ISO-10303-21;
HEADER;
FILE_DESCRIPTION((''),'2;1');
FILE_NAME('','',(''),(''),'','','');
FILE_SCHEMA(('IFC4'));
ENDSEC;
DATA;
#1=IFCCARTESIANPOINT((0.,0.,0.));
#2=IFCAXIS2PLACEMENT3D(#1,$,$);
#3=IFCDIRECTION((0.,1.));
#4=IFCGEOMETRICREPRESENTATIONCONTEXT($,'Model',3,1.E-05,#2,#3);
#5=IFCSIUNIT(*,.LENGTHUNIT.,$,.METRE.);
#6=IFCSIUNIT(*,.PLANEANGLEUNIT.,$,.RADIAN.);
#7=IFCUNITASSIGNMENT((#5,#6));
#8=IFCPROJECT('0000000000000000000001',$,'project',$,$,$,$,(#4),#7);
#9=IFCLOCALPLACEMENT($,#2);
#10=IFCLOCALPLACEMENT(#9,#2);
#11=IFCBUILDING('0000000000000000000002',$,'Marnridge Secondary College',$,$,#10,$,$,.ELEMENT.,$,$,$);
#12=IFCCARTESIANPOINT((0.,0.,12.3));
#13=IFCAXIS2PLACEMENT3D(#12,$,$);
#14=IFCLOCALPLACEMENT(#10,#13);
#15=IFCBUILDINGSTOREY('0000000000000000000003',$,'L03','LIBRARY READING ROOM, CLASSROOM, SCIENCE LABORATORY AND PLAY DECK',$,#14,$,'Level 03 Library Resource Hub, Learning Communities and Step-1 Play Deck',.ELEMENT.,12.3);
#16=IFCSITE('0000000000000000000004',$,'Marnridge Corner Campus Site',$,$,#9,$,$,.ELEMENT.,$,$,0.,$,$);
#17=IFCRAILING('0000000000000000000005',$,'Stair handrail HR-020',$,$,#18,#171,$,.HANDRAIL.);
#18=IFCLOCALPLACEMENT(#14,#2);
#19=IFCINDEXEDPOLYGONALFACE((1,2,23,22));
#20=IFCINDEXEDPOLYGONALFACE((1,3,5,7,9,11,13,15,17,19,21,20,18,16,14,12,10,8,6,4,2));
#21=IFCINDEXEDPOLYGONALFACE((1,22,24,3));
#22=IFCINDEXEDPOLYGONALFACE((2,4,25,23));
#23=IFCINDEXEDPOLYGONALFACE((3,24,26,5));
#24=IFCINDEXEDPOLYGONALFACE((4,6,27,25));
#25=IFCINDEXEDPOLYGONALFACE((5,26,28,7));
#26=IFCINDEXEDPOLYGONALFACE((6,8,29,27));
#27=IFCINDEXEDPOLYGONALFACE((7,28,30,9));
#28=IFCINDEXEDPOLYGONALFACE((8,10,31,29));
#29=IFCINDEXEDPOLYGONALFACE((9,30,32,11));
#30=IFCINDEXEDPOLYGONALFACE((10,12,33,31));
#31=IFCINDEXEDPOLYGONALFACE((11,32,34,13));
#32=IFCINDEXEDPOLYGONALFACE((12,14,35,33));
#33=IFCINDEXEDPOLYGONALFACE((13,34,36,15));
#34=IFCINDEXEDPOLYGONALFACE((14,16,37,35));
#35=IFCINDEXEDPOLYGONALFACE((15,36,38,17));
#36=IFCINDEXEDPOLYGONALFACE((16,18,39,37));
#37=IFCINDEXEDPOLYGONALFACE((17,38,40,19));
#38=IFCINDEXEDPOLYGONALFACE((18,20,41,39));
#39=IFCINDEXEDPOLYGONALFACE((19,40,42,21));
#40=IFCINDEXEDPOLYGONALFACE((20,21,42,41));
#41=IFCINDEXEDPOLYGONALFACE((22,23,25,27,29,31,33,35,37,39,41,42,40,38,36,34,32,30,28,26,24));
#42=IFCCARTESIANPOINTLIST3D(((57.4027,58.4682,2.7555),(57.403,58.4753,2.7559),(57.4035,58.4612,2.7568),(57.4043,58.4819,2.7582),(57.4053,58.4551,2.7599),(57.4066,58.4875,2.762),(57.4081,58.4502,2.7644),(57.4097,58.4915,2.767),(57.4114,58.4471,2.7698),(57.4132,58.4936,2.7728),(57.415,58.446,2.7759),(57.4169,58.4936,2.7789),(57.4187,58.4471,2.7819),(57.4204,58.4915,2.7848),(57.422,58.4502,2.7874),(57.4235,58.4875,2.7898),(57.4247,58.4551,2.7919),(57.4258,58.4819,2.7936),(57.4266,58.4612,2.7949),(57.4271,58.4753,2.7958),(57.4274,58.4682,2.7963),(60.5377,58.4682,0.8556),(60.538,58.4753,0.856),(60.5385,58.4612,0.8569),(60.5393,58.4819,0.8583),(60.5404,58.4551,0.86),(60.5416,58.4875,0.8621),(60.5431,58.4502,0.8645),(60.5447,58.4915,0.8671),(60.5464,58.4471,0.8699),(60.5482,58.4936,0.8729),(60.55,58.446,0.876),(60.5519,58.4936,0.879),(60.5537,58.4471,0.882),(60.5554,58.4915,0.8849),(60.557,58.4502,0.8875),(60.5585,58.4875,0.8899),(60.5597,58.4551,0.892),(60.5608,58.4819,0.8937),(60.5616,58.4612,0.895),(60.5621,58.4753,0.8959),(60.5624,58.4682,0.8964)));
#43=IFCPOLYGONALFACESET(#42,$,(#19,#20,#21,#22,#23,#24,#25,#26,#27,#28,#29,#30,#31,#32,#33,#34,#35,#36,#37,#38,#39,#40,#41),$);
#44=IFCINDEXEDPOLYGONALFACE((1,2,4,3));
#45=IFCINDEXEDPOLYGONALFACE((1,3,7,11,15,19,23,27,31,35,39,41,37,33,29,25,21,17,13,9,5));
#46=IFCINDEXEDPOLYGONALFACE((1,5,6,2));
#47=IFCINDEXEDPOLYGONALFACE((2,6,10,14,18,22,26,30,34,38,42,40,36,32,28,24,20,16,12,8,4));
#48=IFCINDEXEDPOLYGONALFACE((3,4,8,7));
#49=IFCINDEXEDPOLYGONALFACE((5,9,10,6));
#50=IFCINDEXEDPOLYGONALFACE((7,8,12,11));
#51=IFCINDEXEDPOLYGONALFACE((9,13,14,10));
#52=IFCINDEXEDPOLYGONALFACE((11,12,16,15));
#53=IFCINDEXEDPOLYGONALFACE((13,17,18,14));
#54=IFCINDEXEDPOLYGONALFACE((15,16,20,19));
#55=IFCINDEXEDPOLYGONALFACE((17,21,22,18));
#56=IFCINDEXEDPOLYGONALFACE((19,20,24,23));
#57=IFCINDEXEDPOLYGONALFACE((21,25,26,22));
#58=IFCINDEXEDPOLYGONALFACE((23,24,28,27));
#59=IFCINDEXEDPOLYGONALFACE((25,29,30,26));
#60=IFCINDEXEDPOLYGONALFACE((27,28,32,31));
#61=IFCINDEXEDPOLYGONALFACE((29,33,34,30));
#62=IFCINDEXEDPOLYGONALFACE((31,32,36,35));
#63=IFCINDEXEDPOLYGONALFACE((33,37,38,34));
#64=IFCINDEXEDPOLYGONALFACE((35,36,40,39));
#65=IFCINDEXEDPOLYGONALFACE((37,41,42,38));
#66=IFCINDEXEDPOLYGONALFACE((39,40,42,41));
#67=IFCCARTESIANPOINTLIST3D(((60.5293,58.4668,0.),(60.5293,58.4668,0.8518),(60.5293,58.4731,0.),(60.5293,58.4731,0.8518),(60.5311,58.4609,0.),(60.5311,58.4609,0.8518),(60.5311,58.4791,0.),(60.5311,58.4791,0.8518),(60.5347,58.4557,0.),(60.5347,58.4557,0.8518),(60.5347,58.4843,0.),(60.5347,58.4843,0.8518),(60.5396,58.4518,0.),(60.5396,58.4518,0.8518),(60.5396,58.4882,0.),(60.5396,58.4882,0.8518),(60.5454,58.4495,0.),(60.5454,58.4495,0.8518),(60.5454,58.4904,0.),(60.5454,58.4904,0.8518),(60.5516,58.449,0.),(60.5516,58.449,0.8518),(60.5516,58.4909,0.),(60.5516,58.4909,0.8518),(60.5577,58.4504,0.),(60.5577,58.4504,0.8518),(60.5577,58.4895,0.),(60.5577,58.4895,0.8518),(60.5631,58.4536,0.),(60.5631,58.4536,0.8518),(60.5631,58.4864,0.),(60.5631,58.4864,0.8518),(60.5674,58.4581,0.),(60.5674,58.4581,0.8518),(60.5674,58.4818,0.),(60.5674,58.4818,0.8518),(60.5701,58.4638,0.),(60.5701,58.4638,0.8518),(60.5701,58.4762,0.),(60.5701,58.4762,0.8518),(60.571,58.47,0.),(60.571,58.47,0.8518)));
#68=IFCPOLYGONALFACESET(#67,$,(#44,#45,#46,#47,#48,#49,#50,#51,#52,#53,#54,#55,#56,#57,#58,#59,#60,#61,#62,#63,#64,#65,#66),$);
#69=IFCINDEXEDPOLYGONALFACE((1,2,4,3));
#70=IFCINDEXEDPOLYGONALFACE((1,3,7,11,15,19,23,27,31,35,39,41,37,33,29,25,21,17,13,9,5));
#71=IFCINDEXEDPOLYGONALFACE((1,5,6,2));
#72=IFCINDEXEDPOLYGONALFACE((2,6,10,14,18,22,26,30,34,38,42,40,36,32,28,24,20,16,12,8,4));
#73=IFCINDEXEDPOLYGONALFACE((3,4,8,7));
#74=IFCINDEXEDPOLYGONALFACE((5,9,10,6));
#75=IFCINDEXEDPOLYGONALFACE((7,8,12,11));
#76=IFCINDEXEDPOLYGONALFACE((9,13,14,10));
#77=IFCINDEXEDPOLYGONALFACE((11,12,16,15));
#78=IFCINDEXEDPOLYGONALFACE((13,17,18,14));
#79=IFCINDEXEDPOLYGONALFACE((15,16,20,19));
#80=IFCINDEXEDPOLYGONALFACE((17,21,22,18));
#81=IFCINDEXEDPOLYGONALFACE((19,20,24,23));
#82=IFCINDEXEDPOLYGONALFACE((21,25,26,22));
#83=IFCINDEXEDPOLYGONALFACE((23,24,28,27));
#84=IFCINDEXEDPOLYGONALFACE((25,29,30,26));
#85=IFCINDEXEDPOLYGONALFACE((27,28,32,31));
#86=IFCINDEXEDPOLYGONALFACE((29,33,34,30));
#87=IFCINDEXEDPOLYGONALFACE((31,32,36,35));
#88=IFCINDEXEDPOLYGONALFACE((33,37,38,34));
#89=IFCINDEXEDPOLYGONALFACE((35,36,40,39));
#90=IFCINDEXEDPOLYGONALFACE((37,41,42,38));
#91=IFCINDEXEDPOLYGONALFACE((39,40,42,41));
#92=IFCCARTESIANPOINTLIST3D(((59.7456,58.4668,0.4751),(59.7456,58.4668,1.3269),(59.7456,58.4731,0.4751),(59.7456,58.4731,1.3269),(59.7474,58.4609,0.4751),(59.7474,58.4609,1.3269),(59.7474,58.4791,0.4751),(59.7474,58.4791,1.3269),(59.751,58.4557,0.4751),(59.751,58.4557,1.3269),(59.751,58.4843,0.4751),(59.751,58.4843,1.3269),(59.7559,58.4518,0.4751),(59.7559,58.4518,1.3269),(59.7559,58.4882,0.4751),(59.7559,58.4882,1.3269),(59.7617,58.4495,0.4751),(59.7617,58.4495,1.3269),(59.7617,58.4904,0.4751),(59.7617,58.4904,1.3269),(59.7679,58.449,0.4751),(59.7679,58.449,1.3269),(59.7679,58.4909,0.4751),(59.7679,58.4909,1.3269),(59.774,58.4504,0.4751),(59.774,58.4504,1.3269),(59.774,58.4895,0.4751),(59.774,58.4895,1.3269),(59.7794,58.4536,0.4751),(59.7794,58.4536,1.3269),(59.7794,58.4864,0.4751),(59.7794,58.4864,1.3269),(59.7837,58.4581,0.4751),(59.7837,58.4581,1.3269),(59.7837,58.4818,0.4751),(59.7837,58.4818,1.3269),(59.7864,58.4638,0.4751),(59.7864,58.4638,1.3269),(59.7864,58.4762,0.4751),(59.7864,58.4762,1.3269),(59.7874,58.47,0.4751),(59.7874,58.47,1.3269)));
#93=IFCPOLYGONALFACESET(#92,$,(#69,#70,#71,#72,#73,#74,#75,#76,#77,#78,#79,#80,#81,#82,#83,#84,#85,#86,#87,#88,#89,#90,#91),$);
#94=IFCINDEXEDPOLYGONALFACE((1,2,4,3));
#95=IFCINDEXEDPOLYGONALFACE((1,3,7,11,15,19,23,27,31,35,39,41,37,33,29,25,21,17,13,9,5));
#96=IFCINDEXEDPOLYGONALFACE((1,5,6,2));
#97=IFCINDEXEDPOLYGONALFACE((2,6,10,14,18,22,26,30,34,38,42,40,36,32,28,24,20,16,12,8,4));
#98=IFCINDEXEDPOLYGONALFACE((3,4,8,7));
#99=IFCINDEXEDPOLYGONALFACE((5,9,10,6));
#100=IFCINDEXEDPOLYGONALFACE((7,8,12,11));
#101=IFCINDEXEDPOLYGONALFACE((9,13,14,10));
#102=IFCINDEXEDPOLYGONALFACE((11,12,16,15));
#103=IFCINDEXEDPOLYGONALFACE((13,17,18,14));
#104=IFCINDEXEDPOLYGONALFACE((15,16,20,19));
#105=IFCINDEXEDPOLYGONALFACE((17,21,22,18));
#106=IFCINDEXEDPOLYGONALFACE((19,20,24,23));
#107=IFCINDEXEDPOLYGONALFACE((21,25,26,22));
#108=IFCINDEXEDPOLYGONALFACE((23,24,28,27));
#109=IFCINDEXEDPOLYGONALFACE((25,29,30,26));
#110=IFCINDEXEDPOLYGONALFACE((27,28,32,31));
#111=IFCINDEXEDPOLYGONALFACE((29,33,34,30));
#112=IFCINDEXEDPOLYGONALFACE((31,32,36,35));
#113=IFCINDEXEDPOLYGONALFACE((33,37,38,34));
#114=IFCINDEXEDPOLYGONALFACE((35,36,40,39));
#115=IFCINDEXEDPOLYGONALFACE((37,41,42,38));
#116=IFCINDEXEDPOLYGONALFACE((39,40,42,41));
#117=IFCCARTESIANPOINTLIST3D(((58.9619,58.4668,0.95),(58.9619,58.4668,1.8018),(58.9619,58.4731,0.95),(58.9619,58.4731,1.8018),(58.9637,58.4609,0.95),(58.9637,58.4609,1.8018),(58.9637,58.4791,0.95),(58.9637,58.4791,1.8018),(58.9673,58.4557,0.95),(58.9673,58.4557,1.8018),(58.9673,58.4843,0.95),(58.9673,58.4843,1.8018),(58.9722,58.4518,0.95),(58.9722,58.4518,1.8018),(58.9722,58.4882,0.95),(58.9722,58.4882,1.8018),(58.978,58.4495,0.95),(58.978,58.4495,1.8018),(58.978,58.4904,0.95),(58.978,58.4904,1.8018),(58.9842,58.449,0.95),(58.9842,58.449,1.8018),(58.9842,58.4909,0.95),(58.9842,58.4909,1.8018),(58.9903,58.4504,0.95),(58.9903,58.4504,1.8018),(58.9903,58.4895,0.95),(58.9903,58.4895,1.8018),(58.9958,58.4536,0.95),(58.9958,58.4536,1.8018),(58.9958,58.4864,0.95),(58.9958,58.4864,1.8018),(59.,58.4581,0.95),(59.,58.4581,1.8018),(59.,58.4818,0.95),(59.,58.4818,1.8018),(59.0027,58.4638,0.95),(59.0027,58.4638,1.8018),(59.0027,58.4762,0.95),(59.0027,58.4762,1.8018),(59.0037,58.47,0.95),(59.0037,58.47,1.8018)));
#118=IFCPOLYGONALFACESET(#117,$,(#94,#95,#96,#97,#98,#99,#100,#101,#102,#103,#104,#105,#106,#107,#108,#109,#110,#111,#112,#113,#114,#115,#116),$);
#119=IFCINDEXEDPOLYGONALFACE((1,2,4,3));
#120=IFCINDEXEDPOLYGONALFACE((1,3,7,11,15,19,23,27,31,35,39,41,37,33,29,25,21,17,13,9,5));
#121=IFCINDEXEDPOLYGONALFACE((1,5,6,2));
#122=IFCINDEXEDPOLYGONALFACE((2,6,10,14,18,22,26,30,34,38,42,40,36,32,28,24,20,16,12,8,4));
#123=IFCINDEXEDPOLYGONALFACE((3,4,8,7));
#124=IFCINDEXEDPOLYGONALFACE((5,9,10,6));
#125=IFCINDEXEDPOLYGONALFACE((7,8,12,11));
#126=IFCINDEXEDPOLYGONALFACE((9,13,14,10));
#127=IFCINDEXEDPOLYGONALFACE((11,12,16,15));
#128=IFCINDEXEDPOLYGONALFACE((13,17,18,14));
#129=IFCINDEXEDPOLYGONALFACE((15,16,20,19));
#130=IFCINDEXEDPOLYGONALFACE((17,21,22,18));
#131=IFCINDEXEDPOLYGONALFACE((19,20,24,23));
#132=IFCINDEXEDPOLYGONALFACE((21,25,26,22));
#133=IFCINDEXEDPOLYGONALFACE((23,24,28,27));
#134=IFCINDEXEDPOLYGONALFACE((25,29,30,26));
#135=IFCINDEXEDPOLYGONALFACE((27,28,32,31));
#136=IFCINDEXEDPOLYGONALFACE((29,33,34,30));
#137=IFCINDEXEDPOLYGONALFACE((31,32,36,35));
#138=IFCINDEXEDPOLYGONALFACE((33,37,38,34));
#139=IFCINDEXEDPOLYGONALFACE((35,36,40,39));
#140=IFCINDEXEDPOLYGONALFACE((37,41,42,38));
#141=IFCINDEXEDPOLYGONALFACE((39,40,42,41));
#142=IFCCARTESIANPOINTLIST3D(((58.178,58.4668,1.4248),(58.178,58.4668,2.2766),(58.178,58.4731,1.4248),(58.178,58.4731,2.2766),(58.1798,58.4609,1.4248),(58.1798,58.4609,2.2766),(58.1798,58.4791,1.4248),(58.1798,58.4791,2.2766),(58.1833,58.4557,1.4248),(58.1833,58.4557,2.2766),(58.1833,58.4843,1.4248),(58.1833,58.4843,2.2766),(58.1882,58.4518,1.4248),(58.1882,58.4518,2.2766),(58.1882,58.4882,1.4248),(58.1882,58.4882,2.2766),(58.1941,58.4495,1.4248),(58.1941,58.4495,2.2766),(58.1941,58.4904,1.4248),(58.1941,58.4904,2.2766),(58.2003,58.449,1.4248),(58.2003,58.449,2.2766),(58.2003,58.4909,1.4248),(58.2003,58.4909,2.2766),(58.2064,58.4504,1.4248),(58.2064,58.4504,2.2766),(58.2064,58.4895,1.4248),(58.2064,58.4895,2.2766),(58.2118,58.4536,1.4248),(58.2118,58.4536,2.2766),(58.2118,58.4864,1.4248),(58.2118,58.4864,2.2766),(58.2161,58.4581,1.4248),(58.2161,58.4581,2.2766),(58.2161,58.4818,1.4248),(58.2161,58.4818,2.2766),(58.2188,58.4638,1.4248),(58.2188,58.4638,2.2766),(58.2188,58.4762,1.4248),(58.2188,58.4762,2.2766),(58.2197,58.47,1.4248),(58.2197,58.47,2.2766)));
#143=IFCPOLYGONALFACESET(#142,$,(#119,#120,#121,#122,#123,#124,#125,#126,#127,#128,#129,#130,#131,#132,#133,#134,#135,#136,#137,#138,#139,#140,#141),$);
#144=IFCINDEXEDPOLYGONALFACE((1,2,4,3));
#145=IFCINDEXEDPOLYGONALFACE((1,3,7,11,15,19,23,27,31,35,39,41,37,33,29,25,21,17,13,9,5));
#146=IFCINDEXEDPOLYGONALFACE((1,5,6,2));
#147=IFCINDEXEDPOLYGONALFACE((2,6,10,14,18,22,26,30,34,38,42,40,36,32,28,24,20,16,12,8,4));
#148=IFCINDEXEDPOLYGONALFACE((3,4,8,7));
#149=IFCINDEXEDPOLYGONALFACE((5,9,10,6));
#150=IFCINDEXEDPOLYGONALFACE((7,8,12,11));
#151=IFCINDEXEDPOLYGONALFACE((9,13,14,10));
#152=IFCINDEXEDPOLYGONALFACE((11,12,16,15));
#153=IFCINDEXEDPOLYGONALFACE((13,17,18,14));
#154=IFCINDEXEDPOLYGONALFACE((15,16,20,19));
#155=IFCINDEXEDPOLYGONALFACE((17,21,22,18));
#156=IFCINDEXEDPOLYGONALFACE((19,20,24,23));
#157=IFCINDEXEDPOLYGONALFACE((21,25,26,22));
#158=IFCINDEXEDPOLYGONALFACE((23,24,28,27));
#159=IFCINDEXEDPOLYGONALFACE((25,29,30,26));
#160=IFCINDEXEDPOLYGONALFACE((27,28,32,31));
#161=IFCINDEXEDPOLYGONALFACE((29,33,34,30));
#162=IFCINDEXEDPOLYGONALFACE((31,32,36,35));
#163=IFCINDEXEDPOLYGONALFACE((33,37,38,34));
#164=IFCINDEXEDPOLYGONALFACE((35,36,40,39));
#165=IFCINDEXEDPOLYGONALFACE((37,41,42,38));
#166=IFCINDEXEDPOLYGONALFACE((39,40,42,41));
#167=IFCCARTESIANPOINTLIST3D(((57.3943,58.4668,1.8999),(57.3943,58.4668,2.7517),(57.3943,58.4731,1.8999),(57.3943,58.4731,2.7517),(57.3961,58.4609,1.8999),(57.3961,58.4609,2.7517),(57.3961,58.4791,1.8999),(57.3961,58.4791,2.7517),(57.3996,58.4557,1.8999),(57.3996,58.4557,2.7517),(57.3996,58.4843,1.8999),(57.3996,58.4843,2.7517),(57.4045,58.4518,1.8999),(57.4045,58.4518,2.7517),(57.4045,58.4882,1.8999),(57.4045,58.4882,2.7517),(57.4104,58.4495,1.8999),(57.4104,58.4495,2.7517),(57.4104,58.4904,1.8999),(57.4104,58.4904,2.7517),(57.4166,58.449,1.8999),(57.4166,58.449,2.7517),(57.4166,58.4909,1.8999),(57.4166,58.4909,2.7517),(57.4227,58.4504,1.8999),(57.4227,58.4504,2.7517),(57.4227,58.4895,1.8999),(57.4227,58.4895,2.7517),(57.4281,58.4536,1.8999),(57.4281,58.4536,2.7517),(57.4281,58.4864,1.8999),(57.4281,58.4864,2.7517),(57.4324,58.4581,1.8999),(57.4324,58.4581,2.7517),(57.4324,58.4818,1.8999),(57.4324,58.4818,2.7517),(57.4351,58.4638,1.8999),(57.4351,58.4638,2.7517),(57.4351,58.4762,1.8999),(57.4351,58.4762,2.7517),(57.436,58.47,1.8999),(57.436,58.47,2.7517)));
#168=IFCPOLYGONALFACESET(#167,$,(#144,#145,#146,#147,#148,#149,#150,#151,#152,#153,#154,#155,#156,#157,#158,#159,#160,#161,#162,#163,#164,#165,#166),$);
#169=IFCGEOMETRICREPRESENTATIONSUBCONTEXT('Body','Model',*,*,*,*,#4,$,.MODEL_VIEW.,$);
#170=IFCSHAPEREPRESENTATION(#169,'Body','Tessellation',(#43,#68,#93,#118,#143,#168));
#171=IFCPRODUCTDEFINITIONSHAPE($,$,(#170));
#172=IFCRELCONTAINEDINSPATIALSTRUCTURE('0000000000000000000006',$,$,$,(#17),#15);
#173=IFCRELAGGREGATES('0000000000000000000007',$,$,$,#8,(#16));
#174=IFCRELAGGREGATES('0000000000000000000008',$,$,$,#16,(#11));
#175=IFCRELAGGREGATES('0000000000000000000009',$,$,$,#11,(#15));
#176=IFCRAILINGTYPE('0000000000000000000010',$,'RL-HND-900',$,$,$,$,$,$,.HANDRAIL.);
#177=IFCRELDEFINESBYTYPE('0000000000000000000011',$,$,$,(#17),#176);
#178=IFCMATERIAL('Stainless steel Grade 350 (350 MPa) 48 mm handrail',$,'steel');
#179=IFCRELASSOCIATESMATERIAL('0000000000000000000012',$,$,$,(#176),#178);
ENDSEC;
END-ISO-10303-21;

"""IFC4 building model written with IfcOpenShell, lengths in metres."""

from ifc_helpers import new_model, si_unit, direction, frame, origin, origin_2d, place, context, subcontext, project, spatial, circle, extrude, material, type_object, element, save


model = new_model("IFC4")

# Units and contexts
model_context = context("Model", 3, precision=1e-05, world=origin(), true_north=direction((0.0, 1.0)))
body_context = subcontext(model_context, "Body", "Model", "MODEL_VIEW")
ifc_project = project(units=[si_unit("LENGTHUNIT", "METRE"), si_unit("PLANEANGLEUNIT", "RADIAN")], contexts=[model_context])

# Site, building, storey
site_placement = place(None, origin())
site = spatial("IfcSite", under=ifc_project, at=site_placement, Name="Marnridge Corner Campus Site", CompositionType="ELEMENT", RefElevation=0.0)
building_placement = place(site_placement, origin())
building = spatial("IfcBuilding", under=site, at=building_placement, Name="Marnridge Secondary College", CompositionType="ELEMENT")
storey_placement = place(building_placement, frame((0.0, 0.0, 12.3)))
storey = spatial("IfcBuildingStorey", under=building, at=storey_placement, Name="L03", Description="LIBRARY READING ROOM, CLASSROOM, SCIENCE LABORATORY AND PLAY DECK", LongName="Level 03 Library Resource Hub, Learning Communities and Step-1 Play Deck", CompositionType="ELEMENT", Elevation=12.3)

# Railing
ifc_material_1 = material(Name="Stainless steel Grade 350 (350 MPa) 48 mm handrail", Category="steel")
railing_type_1 = type_object("IfcRailingType", Name="RL-HND-900", PredefinedType="HANDRAIL", material=ifc_material_1)
for number, where, name in (
    (1, (60.55, 58.47, 0.0), "Stair handrail HR-020"),
):
    element("IfcRailing", number, at=place(storey_placement, frame(where)), inside=storey, type_object=railing_type_1, Name=name, PredefinedType="HANDRAIL", context=body_context, shape_type="SweptSolid", body=[
        extrude(circle(Radius=0.0239, at=origin_2d()), frame((0.0, 0.0, 0.876), z_axis=(-0.85521, 0.0, 0.518281), x_axis=(0.0, -1.0, 0.0)), (0.0, 0.0, 1.0), 3.6658),
        extrude(circle(Radius=0.021, at=origin_2d()), origin(), (0.0, 0.0, 1.0), 0.8518),
        extrude(circle(Radius=0.021, at=origin_2d()), frame((-0.7837, 0.0, 0.4751)), (0.0, 0.0, 1.0), 0.8518),
        extrude(circle(Radius=0.021, at=origin_2d()), frame((-1.5674, 0.0, 0.95)), (0.0, 0.0, 1.0), 0.8518),
        extrude(circle(Radius=0.021, at=origin_2d()), frame((-2.3513, 0.0, 1.4248)), (0.0, 0.0, 1.0), 0.8518),
        extrude(circle(Radius=0.021, at=origin_2d()), frame((-3.135, 0.0, 1.8999)), (0.0, 0.0, 1.0), 0.8518),
    ])

save(model, "model.ifc")
